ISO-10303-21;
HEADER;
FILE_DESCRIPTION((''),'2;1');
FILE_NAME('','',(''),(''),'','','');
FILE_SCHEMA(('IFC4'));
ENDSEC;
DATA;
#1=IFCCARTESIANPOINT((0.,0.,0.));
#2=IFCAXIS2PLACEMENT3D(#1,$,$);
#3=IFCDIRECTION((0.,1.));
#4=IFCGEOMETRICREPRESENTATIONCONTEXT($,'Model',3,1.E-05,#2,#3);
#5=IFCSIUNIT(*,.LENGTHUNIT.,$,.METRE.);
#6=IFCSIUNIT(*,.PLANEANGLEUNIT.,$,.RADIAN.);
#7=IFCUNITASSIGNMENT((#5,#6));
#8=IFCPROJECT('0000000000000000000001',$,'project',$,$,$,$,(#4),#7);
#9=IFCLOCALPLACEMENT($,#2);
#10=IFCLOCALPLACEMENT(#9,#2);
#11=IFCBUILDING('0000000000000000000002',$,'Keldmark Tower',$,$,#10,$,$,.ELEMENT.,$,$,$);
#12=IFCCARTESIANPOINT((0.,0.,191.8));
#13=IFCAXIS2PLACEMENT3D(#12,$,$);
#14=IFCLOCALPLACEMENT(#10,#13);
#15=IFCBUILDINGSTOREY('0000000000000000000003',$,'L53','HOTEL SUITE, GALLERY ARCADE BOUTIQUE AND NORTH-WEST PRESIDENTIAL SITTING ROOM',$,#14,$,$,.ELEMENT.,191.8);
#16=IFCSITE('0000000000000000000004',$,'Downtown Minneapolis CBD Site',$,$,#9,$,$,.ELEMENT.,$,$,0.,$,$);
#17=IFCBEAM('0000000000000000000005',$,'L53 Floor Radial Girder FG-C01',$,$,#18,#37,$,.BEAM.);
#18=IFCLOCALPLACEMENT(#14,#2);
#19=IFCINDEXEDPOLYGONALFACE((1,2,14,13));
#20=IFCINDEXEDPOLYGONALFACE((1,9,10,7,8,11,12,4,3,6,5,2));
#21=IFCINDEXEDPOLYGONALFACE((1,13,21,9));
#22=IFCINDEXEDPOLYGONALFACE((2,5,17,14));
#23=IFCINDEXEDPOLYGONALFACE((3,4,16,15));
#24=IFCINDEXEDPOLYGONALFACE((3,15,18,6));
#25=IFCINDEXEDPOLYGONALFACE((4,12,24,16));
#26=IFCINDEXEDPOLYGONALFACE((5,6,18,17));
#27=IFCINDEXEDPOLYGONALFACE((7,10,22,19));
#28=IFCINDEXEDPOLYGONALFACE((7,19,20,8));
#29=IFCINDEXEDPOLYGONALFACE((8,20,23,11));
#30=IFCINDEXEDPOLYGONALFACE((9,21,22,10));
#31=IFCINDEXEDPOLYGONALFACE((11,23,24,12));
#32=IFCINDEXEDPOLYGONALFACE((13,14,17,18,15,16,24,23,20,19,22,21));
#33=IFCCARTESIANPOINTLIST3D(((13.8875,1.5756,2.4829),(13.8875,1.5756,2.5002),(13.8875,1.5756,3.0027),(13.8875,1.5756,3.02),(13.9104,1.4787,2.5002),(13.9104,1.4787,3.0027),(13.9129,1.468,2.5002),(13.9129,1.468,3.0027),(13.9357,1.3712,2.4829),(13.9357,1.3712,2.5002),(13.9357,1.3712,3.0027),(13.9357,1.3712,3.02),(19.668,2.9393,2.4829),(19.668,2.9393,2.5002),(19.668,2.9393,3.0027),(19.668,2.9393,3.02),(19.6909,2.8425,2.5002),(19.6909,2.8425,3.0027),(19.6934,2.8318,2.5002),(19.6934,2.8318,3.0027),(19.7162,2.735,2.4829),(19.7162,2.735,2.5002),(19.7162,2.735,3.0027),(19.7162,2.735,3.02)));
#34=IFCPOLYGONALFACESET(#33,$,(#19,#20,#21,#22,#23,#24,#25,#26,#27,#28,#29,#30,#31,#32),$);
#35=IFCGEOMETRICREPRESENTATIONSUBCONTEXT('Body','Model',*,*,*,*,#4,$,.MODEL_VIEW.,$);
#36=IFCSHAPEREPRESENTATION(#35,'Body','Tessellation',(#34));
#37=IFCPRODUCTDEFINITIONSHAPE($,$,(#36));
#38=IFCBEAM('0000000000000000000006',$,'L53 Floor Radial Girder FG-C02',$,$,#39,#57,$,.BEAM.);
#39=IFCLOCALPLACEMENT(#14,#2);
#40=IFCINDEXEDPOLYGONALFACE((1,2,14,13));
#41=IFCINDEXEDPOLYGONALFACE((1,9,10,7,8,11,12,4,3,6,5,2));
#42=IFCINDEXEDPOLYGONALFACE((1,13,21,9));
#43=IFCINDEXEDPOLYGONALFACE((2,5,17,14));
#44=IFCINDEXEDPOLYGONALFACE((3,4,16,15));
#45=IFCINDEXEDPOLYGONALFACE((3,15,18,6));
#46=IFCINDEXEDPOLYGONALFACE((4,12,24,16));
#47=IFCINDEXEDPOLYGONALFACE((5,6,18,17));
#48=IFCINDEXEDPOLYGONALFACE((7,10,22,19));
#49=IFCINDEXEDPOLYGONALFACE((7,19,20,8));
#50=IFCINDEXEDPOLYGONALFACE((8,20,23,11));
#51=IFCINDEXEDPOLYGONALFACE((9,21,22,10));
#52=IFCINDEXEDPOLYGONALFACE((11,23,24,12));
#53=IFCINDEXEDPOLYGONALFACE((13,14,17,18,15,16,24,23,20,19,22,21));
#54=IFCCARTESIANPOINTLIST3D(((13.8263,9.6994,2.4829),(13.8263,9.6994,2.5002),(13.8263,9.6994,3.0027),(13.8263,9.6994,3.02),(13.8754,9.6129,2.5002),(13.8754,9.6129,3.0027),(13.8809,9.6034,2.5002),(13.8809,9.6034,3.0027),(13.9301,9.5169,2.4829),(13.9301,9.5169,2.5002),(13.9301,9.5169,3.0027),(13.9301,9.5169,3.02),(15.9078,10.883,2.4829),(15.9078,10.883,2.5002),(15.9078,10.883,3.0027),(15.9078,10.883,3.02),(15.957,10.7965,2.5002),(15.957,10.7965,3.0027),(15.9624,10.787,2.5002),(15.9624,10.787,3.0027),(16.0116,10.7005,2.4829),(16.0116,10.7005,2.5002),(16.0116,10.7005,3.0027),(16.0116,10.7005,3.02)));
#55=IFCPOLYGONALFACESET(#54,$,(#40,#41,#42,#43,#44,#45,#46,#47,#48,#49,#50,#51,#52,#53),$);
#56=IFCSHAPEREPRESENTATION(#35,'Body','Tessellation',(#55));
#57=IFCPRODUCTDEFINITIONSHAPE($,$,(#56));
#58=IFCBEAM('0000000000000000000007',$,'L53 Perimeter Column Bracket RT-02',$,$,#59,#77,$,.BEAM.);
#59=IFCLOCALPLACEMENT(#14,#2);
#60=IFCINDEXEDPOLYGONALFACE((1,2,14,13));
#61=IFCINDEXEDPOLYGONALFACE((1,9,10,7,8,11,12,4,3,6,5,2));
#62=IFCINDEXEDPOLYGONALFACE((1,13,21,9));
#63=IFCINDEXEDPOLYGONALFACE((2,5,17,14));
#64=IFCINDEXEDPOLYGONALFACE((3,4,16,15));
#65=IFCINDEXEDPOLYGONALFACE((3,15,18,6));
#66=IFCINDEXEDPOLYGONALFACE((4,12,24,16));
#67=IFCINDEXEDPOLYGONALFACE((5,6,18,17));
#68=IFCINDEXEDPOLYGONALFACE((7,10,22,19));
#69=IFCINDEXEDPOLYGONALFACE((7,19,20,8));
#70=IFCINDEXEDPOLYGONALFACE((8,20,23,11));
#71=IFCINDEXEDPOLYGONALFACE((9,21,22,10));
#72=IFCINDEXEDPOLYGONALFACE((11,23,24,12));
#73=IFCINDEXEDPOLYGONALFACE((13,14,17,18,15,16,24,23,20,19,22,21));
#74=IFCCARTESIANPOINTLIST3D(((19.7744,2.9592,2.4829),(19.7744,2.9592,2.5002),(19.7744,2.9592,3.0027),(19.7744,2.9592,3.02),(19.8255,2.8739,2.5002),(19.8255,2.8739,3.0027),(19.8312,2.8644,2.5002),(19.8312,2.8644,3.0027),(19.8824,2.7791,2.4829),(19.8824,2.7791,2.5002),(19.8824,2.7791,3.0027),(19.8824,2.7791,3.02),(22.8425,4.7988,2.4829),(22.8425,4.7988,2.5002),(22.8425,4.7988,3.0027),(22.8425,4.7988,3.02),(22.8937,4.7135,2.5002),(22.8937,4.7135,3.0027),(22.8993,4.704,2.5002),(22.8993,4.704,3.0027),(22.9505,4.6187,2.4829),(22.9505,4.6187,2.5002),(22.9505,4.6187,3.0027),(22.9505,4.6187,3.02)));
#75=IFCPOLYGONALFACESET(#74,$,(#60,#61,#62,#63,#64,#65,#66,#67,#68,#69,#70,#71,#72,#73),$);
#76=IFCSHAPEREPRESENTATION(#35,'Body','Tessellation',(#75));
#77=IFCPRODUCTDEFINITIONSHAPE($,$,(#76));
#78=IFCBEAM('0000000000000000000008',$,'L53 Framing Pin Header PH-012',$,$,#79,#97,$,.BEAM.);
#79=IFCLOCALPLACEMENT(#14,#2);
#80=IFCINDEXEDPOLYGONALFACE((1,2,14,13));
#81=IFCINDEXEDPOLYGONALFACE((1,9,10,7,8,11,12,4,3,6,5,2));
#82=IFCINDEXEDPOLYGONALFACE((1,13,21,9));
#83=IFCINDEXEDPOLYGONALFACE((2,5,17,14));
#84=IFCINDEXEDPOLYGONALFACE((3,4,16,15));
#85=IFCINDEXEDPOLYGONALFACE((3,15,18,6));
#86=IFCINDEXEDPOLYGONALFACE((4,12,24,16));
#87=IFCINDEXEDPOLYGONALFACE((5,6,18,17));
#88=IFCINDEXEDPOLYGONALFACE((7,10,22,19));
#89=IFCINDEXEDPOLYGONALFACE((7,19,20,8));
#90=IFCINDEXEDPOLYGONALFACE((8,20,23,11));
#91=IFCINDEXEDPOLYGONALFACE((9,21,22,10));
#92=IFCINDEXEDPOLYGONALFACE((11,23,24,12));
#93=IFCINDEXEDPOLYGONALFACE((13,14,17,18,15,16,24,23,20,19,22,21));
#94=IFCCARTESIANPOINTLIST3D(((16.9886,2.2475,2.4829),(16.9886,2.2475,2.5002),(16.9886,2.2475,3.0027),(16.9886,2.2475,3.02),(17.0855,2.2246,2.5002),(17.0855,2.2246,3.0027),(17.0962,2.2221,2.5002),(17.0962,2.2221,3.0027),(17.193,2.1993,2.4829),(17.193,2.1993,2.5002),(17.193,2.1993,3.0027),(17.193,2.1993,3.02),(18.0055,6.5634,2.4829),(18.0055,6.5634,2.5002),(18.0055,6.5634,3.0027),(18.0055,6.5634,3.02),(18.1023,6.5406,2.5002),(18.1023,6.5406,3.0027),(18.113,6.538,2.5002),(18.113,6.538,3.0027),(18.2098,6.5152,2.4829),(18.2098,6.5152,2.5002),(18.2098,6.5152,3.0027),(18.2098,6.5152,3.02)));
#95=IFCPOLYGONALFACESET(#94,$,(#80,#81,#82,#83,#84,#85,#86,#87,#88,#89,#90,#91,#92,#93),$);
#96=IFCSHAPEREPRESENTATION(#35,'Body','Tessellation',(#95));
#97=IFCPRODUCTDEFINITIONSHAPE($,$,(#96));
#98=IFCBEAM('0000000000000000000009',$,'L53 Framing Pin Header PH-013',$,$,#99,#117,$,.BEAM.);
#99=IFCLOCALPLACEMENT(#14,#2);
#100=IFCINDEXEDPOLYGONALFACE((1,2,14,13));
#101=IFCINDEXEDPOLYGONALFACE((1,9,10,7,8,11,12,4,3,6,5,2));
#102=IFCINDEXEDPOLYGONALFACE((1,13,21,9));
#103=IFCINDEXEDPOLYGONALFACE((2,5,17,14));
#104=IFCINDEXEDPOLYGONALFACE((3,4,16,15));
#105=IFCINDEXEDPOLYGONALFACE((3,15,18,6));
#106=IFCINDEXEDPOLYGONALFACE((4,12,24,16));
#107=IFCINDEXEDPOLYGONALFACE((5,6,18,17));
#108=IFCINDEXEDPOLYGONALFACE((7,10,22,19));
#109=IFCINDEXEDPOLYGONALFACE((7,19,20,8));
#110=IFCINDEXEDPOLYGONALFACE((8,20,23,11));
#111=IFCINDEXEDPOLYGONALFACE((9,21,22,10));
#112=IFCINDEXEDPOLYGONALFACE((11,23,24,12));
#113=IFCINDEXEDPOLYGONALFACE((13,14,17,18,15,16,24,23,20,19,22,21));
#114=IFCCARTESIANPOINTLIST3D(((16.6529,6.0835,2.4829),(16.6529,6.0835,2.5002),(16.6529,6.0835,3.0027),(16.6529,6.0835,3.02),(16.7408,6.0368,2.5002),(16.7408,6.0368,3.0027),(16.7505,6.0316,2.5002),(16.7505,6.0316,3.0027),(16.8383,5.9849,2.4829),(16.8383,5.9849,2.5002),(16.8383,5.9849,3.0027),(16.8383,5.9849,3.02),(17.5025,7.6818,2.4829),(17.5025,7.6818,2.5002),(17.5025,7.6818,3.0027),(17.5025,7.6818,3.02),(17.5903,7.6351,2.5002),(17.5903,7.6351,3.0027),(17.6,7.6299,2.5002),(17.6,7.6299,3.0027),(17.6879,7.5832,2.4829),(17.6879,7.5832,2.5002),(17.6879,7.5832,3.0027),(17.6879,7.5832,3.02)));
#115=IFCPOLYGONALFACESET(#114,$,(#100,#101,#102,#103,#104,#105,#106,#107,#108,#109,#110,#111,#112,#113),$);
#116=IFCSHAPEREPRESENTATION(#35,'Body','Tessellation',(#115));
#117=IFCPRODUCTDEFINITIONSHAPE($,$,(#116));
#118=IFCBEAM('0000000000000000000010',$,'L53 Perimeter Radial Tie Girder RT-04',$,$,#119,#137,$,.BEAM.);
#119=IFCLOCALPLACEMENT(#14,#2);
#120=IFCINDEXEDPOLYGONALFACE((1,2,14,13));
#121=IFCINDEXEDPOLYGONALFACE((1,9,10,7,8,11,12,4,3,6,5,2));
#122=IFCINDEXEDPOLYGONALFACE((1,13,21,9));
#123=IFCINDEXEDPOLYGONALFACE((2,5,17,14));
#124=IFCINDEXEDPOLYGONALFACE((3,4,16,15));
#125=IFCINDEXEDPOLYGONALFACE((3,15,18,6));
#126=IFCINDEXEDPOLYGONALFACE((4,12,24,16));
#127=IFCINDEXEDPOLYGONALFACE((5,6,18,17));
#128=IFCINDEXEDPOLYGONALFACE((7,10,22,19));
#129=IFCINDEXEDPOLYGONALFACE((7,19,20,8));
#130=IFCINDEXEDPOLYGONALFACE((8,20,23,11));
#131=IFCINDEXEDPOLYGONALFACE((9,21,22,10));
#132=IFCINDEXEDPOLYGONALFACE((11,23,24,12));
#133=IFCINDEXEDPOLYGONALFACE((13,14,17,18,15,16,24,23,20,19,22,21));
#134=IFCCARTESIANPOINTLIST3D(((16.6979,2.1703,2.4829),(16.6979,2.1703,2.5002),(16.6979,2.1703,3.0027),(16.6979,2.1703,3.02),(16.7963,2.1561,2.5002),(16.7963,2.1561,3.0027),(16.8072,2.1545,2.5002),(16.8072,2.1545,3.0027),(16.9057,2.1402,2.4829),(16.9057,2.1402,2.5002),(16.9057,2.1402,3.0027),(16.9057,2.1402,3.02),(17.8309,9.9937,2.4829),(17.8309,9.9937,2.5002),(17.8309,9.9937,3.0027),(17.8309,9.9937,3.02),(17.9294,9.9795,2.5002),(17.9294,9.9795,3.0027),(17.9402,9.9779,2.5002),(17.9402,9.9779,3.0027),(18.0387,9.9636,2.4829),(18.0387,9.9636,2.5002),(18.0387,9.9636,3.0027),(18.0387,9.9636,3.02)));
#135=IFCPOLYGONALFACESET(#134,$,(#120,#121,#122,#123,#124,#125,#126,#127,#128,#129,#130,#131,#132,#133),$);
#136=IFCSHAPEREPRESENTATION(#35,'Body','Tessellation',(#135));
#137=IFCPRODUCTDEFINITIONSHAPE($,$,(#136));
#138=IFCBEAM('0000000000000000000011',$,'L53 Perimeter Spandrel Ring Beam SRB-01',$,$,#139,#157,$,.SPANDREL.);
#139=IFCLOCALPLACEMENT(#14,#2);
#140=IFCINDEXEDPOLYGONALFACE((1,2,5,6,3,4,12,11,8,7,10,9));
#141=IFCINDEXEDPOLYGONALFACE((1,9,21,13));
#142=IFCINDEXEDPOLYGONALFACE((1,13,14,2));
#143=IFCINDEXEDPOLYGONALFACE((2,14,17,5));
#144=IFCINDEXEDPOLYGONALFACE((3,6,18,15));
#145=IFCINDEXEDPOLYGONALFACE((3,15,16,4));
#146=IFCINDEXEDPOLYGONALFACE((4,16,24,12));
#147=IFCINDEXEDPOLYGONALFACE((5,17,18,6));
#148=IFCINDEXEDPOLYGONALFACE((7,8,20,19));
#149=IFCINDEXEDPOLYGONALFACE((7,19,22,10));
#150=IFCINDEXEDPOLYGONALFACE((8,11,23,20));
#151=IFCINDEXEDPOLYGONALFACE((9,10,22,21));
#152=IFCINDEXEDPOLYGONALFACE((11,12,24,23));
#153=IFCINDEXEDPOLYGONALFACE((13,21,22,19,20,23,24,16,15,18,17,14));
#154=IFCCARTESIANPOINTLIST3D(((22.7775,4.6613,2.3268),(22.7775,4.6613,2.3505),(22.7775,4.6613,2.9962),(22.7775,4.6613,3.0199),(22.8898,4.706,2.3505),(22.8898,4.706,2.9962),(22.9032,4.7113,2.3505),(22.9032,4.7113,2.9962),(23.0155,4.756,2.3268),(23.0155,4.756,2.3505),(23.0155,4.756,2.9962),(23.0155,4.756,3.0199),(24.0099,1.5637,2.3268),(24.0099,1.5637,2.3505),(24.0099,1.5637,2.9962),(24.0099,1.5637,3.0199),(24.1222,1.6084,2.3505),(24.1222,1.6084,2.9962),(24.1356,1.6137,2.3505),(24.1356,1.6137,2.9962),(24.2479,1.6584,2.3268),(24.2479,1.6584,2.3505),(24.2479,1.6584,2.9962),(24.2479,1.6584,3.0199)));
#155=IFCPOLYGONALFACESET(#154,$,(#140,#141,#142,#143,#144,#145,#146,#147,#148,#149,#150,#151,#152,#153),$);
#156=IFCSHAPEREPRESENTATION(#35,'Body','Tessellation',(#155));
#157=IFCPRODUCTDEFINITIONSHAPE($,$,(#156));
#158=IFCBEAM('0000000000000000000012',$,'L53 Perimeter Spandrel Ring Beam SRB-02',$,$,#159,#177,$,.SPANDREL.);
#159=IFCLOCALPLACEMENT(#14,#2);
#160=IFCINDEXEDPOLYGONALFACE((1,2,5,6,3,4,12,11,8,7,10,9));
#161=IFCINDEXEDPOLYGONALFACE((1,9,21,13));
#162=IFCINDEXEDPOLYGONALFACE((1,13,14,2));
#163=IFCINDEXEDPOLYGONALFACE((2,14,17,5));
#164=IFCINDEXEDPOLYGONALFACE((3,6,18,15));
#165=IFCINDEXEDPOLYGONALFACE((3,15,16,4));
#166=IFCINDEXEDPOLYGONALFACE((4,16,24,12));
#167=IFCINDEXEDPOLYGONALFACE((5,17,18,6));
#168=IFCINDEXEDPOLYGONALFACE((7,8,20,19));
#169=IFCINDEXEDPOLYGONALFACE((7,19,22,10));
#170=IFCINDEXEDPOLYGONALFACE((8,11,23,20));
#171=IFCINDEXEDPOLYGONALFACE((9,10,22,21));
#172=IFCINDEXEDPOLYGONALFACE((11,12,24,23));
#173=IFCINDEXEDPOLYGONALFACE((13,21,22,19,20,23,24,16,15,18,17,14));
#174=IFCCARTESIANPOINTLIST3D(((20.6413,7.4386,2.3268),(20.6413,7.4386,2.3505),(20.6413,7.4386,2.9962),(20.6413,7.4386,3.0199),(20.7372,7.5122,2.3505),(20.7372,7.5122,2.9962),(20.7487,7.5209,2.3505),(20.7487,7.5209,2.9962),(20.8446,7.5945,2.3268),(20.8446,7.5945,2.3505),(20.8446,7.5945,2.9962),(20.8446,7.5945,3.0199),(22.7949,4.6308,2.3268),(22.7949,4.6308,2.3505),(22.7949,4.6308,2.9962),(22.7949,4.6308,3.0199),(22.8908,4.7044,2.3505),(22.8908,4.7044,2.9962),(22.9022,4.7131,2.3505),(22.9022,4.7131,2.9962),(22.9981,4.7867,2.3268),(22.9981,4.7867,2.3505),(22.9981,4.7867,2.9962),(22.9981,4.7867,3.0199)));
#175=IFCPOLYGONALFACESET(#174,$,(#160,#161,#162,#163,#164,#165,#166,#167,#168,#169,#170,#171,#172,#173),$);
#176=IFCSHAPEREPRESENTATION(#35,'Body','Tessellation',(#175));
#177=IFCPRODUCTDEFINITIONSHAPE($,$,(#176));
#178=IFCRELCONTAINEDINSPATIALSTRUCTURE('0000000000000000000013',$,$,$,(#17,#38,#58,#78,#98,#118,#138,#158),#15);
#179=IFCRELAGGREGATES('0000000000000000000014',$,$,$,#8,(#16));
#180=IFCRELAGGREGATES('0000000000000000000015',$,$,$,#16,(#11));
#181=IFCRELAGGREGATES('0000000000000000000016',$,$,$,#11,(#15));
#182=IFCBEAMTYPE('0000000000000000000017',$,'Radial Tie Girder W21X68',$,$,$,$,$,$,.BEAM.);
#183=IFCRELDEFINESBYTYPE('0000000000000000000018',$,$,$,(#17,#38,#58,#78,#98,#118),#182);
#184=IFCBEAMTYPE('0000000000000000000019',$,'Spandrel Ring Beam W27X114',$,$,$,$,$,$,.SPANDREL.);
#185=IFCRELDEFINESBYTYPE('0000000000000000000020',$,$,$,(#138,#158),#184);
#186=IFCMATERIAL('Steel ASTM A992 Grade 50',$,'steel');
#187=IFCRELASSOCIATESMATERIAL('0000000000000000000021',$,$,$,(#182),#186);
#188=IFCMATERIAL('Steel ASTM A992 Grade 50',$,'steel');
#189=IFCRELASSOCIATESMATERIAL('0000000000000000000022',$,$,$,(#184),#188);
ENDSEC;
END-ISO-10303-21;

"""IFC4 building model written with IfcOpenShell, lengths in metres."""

from ifc_helpers import new_model, si_unit, direction, frame, origin, origin_2d, place, context, subcontext, project, spatial, i_section, extrude, material, material_profile, profile_set, type_object, element, save


model = new_model("IFC4")

# Units and contexts
model_context = context("Model", 3, precision=1e-05, world=origin(), true_north=direction((0.0, 1.0)))
body_context = subcontext(model_context, "Body", "Model", "MODEL_VIEW")
ifc_project = project(units=[si_unit("LENGTHUNIT", "METRE"), si_unit("PLANEANGLEUNIT", "RADIAN")], contexts=[model_context])

# Site, building, storey
site_placement = place(None, origin())
site = spatial("IfcSite", under=ifc_project, at=site_placement, Name="Downtown Minneapolis CBD Site", CompositionType="ELEMENT", RefElevation=0.0)
building_placement = place(site_placement, origin())
building = spatial("IfcBuilding", under=site, at=building_placement, Name="Keldmark Tower", CompositionType="ELEMENT")
storey_placement = place(building_placement, frame((0.0, 0.0, 191.8)))
storey = spatial("IfcBuildingStorey", under=building, at=storey_placement, Name="L53", Description="HOTEL SUITE, GALLERY ARCADE BOUTIQUE AND NORTH-WEST PRESIDENTIAL SITTING ROOM", CompositionType="ELEMENT", Elevation=191.8)

# Beams
ifc_material_1 = material(Name="Steel ASTM A992 Grade 50", Category="steel")
ifc_material_profile_1 = material_profile(ifc_material_1, i_section(OverallWidth=0.21, OverallDepth=0.5371, WebThickness=0.011, FlangeThickness=0.0173, at=origin_2d()), Name="W21X68")
ifc_profile_set_1 = profile_set([ifc_material_profile_1], Name="Steel ASTM A992 Grade 50")
beam_type_1 = type_object("IfcBeamType", Name="Radial Tie Girder W21X68", PredefinedType="BEAM", material=ifc_profile_set_1)
beam_1_placement = place(storey_placement, frame((19.6921, 2.8372, 2.7515), z_axis=(-0.97328, -0.229621, 0.0), x_axis=(0.229621, -0.97328, 0.0)))
element("IfcBeam", 1, at=beam_1_placement, inside=storey, type_object=beam_type_1, Name="L53 Floor Radial Girder FG-C01", PredefinedType="BEAM", context=body_context, shape_type="SweptSolid", body=[
    extrude(i_section(OverallWidth=0.21, OverallDepth=0.5371, WebThickness=0.011, FlangeThickness=0.0173, at=origin_2d()), origin(), (0.0, 0.0, 1.0), 5.9392),
])
beam_2_placement = place(storey_placement, frame((15.9597, 10.7917, 2.7515), z_axis=(-0.869295, -0.494293, 0.0), x_axis=(0.494293, -0.869295, 0.0)))
element("IfcBeam", 2, at=beam_2_placement, inside=storey, type_object=beam_type_1, Name="L53 Floor Radial Girder FG-C02", PredefinedType="BEAM", context=body_context, shape_type="SweptSolid", body=[
    extrude(i_section(OverallWidth=0.21, OverallDepth=0.5371, WebThickness=0.011, FlangeThickness=0.0173, at=origin_2d()), origin(), (0.0, 0.0, 1.0), 2.3945),
])
beam_3_placement = place(storey_placement, frame((19.8284, 2.8691, 2.7515), z_axis=(0.857649, 0.514235, 0.0), x_axis=(-0.514235, 0.857649, 0.0)))
element("IfcBeam", 3, at=beam_3_placement, inside=storey, type_object=beam_type_1, Name="L53 Perimeter Column Bracket RT-02", PredefinedType="BEAM", context=body_context, shape_type="SweptSolid", body=[
    extrude(i_section(OverallWidth=0.21, OverallDepth=0.5371, WebThickness=0.011, FlangeThickness=0.0173, at=origin_2d()), origin(), (0.0, 0.0, 1.0), 3.5774),
])
beam_4_placement = place(storey_placement, frame((17.0908, 2.2234, 2.7515), z_axis=(0.229325, 0.97335, 0.0), x_axis=(-0.97335, 0.229325, 0.0)))
element("IfcBeam", 4, at=beam_4_placement, inside=storey, type_object=beam_type_1, Name="L53 Framing Pin Header PH-012", PredefinedType="BEAM", context=body_context, shape_type="SweptSolid", body=[
    extrude(i_section(OverallWidth=0.21, OverallDepth=0.5371, WebThickness=0.011, FlangeThickness=0.0173, at=origin_2d()), origin(), (0.0, 0.0, 1.0), 4.4341),
])
beam_5_placement = place(storey_placement, frame((16.7456, 6.0342, 2.7515), z_axis=(0.469356, 0.883009, 0.0), x_axis=(-0.883009, 0.469356, 0.0)))
element("IfcBeam", 5, at=beam_5_placement, inside=storey, type_object=beam_type_1, Name="L53 Framing Pin Header PH-013", PredefinedType="BEAM", context=body_context, shape_type="SweptSolid", body=[
    extrude(i_section(OverallWidth=0.21, OverallDepth=0.5371, WebThickness=0.011, FlangeThickness=0.0173, at=origin_2d()), origin(), (0.0, 0.0, 1.0), 1.8101),
])
beam_6_placement = place(storey_placement, frame((16.8018, 2.1553, 2.7515), z_axis=(0.143332, 0.989675, 0.0), x_axis=(-0.989675, 0.143332, 0.0)))
element("IfcBeam", 6, at=beam_6_placement, inside=storey, type_object=beam_type_1, Name="L53 Perimeter Radial Tie Girder RT-04", PredefinedType="BEAM", context=body_context, shape_type="SweptSolid", body=[
    extrude(i_section(OverallWidth=0.21, OverallDepth=0.5371, WebThickness=0.011, FlangeThickness=0.0173, at=origin_2d()), origin(), (0.0, 0.0, 1.0), 7.905),
])
ifc_material_2 = material(Name="Steel ASTM A992 Grade 50", Category="steel")
ifc_material_profile_2 = material_profile(ifc_material_2, i_section(OverallWidth=0.2561, OverallDepth=0.6931, WebThickness=0.0144, FlangeThickness=0.0237, at=origin_2d()), Name="W27X114")
ifc_profile_set_2 = profile_set([ifc_material_profile_2], Name="Steel ASTM A992 Grade 50")
beam_type_2 = type_object("IfcBeamType", Name="Spandrel Ring Beam W27X114", PredefinedType="SPANDREL", material=ifc_profile_set_2)
beam_7_placement = place(storey_placement, frame((24.1289, 1.6111, 2.6733), z_axis=(-0.369673, 0.929162, 0.0), x_axis=(-0.929162, -0.369673, 0.0)))
element("IfcBeam", 7, at=beam_7_placement, inside=storey, type_object=beam_type_2, Name="L53 Perimeter Spandrel Ring Beam SRB-01", PredefinedType="SPANDREL", context=body_context, shape_type="SweptSolid", body=[
    extrude(i_section(OverallWidth=0.2561, OverallDepth=0.6931, WebThickness=0.0144, FlangeThickness=0.0237, at=origin_2d()), origin(), (0.0, 0.0, 1.0), 3.3337),
])
beam_8_placement = place(storey_placement, frame((22.8965, 4.7087, 2.6733), z_axis=(-0.608587, 0.793488, 0.0), x_axis=(-0.793488, -0.608587, 0.0)))
element("IfcBeam", 8, at=beam_8_placement, inside=storey, type_object=beam_type_2, Name="L53 Perimeter Spandrel Ring Beam SRB-02", PredefinedType="SPANDREL", context=body_context, shape_type="SweptSolid", body=[
    extrude(i_section(OverallWidth=0.2561, OverallDepth=0.6931, WebThickness=0.0144, FlangeThickness=0.0237, at=origin_2d()), origin(), (0.0, 0.0, 1.0), 3.5386),
])

save(model, "model.ifc")
